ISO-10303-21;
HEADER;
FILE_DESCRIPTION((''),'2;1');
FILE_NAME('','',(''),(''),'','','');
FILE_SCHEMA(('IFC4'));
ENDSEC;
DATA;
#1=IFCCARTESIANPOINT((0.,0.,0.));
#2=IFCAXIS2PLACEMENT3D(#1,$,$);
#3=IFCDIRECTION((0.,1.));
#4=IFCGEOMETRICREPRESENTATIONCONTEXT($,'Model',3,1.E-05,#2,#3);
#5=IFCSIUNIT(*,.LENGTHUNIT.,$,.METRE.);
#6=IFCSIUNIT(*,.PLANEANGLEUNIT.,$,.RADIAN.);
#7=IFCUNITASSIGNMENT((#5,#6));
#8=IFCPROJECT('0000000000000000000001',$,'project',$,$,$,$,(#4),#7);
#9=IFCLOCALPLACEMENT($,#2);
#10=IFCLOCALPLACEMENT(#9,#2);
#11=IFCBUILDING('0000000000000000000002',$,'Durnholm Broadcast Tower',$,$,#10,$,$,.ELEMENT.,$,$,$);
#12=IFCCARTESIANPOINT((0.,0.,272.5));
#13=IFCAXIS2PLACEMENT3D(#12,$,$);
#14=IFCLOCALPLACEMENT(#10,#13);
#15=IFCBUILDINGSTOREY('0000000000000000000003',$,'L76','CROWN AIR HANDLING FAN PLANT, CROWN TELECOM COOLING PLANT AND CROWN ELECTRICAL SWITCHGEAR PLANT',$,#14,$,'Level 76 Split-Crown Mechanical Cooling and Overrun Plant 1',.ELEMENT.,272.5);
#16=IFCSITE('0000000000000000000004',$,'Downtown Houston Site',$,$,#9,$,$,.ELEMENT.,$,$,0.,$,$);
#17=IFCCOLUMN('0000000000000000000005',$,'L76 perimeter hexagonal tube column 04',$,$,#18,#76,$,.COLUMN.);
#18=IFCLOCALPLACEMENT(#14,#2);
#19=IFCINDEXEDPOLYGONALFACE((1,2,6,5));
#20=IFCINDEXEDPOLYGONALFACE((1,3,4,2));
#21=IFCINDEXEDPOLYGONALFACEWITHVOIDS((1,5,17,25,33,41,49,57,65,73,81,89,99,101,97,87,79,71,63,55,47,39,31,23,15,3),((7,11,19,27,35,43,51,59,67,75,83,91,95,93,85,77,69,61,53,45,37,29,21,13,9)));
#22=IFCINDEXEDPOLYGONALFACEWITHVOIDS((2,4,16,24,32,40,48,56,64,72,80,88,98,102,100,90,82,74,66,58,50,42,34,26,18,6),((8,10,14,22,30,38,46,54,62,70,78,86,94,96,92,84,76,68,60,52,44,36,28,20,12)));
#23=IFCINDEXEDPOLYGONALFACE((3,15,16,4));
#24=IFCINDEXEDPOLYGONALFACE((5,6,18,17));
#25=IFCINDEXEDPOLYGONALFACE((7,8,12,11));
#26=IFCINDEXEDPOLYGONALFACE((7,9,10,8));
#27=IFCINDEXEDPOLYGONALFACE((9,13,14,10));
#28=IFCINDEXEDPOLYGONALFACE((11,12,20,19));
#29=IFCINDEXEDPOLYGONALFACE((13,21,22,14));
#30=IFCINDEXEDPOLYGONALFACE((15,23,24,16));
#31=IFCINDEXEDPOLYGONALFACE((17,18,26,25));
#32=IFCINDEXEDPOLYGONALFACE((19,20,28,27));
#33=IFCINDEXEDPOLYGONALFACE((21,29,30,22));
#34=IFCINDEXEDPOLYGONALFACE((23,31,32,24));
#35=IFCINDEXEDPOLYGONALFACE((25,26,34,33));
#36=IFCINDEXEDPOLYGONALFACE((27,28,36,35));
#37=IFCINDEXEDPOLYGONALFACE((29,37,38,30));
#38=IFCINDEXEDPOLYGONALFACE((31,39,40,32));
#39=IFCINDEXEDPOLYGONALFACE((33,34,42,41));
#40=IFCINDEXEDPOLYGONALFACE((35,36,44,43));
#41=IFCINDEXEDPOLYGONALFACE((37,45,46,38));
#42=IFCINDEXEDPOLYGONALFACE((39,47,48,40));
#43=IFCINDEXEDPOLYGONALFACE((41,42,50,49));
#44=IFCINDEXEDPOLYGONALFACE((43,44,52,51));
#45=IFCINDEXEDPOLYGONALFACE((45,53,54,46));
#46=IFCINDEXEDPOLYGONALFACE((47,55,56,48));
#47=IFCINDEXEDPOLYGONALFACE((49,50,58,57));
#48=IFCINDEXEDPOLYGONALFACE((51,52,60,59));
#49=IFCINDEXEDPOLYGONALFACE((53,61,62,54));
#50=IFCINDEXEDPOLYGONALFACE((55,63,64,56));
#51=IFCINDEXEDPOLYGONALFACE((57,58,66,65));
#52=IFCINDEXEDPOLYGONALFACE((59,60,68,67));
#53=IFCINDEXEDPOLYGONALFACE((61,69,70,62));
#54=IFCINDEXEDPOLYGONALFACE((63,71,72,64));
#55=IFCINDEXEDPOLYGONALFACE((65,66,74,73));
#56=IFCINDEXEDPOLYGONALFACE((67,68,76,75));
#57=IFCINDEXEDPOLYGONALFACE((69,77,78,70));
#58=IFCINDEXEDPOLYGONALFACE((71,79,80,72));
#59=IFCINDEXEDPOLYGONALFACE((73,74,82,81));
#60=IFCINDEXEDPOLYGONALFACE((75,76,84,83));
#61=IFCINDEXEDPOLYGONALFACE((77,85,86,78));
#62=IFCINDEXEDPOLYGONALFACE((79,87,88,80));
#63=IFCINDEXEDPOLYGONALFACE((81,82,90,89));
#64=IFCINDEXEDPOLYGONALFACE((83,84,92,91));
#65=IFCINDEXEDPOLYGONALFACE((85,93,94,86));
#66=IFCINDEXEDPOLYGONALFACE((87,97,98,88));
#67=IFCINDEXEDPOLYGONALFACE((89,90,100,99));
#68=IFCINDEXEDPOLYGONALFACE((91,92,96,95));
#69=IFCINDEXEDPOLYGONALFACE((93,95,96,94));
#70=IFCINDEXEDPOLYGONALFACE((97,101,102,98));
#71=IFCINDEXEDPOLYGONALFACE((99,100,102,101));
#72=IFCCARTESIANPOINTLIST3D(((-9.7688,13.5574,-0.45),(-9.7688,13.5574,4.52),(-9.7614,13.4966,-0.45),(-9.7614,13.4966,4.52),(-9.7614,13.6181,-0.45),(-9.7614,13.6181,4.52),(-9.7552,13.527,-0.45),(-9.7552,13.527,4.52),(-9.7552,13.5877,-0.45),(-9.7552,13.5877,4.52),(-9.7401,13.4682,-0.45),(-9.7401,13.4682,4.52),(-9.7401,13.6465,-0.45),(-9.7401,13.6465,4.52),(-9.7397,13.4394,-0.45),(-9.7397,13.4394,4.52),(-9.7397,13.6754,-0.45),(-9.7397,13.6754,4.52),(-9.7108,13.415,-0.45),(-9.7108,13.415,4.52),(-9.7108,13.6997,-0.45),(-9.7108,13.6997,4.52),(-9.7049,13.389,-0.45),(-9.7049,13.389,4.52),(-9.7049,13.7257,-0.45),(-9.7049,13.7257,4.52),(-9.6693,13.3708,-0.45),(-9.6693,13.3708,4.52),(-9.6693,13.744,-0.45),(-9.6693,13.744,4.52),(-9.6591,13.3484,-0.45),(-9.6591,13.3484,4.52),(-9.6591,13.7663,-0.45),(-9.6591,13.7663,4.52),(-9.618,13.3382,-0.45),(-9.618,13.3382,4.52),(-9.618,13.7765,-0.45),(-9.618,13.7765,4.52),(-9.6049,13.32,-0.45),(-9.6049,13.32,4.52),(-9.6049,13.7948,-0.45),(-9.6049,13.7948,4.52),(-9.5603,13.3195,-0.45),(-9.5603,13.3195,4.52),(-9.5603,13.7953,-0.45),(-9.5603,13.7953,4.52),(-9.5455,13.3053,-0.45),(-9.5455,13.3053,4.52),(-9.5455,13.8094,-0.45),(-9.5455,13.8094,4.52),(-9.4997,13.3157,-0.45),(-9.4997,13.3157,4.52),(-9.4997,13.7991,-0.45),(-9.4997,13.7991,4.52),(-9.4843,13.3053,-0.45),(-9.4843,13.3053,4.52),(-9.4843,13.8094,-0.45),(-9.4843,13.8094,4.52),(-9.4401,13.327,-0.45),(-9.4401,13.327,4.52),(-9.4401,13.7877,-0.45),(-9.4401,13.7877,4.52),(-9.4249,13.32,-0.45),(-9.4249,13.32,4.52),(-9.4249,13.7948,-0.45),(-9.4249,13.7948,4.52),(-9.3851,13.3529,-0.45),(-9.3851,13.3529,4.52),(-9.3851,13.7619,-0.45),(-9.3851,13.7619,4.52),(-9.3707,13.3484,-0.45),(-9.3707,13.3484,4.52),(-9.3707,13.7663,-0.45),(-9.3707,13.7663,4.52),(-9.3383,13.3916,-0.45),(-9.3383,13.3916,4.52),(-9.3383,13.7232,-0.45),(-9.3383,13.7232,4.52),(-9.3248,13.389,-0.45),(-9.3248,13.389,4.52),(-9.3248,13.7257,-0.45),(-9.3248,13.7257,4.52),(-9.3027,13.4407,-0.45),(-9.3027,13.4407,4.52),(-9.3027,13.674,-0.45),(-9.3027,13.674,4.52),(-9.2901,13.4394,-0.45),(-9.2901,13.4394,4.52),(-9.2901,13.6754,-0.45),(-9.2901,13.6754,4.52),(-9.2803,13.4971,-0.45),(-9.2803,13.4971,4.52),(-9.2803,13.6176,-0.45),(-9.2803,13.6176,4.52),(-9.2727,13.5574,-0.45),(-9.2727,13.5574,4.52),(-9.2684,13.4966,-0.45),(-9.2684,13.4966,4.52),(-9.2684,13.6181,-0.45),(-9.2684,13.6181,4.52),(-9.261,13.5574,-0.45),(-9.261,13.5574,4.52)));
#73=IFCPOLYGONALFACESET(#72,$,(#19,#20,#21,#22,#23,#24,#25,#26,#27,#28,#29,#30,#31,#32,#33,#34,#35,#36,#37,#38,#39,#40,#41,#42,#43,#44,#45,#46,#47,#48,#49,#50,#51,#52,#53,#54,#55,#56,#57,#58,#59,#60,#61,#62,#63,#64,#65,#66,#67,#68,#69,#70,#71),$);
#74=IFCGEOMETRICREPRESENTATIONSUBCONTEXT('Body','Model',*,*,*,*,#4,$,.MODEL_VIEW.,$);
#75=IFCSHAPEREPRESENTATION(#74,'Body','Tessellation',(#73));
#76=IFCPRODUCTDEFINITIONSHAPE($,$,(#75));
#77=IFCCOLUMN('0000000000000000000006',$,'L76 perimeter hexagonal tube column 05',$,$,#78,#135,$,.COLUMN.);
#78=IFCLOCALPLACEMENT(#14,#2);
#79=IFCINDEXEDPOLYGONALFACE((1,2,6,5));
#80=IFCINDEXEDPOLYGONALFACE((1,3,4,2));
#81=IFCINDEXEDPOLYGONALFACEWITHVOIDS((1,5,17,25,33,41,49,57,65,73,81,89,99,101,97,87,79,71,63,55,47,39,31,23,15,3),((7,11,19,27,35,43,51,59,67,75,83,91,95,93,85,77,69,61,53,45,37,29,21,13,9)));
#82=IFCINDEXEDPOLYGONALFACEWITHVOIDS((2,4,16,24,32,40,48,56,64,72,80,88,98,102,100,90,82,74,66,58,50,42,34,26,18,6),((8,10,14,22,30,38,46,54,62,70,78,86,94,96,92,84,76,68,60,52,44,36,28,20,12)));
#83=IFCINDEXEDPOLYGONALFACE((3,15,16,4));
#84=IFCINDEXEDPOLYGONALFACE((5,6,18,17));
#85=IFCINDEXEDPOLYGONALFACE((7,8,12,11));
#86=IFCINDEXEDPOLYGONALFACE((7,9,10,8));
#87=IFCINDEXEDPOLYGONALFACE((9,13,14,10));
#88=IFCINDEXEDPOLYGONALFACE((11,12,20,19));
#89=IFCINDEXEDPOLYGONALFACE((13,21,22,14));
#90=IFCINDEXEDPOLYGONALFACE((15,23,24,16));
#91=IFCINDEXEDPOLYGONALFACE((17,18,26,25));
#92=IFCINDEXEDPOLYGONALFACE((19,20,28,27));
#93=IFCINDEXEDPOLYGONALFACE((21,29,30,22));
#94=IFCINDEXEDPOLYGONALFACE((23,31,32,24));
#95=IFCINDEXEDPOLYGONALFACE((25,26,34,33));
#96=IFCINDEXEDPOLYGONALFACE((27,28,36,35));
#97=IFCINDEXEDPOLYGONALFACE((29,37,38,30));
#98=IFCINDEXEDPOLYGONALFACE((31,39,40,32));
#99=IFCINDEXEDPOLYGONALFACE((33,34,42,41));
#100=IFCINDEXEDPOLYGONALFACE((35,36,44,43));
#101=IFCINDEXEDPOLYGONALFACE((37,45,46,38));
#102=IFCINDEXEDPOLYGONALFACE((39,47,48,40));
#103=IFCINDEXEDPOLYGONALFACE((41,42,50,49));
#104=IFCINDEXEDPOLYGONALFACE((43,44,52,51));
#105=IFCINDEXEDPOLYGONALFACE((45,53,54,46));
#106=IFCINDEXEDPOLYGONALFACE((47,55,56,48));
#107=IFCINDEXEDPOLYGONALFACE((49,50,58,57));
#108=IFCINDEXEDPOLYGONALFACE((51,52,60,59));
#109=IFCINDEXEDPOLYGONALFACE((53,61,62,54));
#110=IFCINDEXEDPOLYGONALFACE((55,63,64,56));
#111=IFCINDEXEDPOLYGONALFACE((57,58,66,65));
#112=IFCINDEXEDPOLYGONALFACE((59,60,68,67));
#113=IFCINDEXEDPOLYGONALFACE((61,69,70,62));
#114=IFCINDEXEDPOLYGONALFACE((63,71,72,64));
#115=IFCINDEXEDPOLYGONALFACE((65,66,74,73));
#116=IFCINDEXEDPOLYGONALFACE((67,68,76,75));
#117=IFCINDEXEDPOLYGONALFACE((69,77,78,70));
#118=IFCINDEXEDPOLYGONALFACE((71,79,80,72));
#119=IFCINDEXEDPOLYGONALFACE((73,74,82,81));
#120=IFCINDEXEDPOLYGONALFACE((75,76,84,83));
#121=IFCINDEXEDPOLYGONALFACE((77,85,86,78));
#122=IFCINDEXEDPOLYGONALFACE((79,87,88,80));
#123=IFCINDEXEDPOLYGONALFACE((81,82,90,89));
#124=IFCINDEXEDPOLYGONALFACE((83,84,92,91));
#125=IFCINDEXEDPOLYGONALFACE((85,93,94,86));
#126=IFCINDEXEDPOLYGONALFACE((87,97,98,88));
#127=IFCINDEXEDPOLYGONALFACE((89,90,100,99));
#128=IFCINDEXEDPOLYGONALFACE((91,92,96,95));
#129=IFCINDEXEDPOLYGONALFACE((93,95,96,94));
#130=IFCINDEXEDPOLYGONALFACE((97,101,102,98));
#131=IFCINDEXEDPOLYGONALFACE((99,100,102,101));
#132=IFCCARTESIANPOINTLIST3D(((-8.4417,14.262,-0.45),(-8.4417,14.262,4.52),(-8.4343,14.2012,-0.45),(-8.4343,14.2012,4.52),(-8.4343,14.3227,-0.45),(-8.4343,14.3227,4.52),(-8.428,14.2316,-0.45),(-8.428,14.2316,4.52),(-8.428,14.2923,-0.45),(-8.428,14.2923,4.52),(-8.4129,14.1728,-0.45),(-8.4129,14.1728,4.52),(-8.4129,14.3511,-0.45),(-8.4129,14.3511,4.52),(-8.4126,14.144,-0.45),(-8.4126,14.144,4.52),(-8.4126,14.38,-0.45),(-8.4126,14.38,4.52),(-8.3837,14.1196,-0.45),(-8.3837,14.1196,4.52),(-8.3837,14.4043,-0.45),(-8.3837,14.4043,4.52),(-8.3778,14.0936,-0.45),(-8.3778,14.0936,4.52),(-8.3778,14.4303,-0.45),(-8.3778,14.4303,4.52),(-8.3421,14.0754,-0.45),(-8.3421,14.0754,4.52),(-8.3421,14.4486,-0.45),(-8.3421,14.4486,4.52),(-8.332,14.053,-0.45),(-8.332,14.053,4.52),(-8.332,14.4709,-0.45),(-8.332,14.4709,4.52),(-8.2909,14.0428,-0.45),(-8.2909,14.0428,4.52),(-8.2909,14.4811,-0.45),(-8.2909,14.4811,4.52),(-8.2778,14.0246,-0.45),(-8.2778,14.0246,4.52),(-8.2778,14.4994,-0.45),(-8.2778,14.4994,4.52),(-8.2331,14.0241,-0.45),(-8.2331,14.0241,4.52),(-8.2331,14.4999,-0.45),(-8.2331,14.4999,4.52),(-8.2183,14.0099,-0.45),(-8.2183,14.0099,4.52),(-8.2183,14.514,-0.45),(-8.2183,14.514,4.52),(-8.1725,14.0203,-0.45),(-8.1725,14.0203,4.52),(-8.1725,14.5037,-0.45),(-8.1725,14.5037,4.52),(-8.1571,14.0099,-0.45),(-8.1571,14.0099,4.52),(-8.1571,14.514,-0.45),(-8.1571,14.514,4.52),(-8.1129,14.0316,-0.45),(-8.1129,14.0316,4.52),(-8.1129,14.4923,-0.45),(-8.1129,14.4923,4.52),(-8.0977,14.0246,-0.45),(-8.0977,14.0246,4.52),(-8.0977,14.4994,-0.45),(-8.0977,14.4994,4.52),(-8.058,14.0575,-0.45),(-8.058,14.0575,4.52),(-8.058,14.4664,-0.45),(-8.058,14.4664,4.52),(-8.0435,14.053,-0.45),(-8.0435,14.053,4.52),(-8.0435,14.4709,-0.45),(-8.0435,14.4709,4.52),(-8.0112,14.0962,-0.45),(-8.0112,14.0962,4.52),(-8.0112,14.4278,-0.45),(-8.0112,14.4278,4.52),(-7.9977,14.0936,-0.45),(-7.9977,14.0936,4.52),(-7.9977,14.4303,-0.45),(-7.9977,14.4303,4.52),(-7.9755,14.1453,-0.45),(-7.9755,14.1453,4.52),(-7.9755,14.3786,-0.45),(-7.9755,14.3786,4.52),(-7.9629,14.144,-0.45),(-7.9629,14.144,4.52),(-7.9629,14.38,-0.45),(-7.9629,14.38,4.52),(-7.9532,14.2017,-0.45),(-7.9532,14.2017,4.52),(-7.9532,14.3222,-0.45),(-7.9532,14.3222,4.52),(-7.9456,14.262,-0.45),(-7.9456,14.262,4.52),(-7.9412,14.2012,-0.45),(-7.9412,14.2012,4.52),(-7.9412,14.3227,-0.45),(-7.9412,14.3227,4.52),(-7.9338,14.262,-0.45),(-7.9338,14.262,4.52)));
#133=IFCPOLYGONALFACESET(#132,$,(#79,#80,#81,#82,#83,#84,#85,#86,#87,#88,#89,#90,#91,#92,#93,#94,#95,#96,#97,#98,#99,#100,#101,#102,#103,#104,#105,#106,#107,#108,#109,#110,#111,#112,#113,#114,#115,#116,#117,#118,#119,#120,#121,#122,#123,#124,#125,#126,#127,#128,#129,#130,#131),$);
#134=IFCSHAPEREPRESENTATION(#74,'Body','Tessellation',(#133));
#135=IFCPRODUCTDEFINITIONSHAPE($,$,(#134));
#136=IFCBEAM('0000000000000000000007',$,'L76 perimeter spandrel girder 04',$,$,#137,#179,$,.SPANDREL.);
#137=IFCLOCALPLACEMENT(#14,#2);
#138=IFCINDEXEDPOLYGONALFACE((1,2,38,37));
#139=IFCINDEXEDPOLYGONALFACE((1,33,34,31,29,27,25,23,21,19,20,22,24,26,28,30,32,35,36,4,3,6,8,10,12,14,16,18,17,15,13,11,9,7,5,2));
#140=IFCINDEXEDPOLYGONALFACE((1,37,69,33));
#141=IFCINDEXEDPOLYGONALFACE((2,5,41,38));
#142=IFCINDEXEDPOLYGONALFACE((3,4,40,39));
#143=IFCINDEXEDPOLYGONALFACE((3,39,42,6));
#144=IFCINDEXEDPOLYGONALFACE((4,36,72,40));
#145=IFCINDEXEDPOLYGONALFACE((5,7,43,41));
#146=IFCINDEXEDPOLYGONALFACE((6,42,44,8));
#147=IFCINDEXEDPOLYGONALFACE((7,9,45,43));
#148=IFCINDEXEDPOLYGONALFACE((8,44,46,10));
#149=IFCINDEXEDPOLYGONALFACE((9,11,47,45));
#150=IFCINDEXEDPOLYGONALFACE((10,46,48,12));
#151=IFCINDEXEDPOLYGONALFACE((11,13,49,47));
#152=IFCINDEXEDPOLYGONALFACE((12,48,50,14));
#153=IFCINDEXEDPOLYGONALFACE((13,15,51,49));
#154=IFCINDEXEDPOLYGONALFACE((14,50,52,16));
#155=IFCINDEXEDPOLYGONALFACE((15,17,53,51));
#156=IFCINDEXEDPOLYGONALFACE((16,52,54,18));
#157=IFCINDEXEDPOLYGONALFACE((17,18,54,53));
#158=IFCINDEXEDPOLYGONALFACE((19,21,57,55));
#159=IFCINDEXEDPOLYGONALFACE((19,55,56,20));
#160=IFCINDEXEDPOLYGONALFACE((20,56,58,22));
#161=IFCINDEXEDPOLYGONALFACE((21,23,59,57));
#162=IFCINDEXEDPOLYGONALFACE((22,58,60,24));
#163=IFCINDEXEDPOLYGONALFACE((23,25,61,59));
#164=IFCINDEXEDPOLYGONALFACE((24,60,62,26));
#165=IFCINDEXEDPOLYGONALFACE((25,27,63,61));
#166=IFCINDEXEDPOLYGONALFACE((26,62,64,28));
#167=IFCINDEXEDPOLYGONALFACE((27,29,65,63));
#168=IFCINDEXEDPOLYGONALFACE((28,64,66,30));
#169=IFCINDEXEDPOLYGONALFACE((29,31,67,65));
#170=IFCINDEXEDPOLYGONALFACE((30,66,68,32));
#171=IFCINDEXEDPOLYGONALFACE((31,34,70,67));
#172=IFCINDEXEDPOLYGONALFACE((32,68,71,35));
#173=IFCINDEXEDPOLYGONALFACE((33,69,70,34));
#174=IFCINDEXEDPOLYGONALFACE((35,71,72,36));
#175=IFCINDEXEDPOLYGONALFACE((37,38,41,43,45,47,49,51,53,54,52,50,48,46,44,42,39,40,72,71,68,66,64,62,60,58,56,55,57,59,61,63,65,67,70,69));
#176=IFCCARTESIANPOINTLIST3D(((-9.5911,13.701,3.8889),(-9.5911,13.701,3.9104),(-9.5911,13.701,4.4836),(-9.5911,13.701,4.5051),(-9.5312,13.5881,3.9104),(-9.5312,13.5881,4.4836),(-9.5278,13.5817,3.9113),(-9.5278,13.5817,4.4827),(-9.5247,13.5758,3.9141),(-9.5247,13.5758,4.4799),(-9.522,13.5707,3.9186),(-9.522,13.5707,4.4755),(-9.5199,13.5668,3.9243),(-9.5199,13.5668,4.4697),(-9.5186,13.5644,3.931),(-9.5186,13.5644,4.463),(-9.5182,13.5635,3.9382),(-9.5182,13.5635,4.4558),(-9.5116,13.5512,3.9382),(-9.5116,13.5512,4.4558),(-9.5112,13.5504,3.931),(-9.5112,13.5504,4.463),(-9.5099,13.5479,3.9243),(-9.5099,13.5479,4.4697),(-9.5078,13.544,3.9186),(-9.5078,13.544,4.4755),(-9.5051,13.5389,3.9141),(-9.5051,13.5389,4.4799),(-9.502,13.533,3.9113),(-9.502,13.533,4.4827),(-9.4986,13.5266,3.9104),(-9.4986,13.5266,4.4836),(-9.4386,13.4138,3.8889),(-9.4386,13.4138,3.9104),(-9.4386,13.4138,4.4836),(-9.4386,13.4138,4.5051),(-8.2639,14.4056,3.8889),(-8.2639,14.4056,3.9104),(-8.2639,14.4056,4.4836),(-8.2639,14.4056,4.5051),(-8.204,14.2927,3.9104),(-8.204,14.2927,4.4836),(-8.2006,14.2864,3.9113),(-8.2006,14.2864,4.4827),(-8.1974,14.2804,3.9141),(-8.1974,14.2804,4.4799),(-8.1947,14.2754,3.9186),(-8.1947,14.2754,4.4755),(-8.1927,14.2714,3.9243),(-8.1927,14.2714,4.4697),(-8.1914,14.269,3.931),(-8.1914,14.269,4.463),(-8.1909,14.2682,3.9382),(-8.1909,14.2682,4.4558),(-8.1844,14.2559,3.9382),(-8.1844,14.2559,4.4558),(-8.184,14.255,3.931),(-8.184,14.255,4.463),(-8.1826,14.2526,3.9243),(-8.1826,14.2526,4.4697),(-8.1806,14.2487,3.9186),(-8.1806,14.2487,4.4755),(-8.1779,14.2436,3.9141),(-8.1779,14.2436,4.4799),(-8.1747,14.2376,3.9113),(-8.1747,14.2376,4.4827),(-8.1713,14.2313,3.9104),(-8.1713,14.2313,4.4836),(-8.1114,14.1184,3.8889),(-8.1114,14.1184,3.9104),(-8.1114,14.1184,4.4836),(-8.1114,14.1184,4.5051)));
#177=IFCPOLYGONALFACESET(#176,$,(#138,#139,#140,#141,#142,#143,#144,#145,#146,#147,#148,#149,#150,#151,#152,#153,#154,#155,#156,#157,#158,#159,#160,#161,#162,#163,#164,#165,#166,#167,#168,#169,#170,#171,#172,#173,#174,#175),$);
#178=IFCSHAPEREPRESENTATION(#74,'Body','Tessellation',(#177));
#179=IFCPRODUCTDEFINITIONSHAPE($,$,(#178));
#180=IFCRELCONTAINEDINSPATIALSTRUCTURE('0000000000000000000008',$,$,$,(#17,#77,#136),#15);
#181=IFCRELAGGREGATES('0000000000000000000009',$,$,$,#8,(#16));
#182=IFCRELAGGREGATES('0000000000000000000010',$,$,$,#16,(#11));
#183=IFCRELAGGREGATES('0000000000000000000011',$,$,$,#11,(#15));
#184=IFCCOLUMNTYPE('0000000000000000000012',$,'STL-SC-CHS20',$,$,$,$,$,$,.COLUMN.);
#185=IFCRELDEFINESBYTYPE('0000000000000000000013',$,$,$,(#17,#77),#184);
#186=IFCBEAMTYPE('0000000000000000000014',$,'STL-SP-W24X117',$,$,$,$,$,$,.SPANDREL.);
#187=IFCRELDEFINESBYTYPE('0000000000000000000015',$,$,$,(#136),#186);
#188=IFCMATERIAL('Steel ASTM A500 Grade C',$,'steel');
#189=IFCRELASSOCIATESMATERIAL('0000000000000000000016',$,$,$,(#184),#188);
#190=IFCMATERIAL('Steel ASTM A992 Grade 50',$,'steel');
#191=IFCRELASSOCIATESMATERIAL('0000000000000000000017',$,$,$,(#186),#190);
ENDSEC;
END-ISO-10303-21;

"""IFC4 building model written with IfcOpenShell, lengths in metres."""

from ifc_helpers import new_model, si_unit, direction, frame, origin, origin_2d, place, context, subcontext, project, spatial, hollow_circle, i_section, extrude, source, transform, mapped, material, material_profile, profile_set, type_object, type_shapes, element, save


model = new_model("IFC4")

# Units and contexts
model_context = context("Model", 3, precision=1e-05, world=origin(), true_north=direction((0.0, 1.0)))
body_context = subcontext(model_context, "Body", "Model", "MODEL_VIEW")
ifc_project = project(units=[si_unit("LENGTHUNIT", "METRE"), si_unit("PLANEANGLEUNIT", "RADIAN")], contexts=[model_context])

# Site, building, storey
site_placement = place(None, origin())
site = spatial("IfcSite", under=ifc_project, at=site_placement, Name="Downtown Houston Site", CompositionType="ELEMENT", RefElevation=0.0)
building_placement = place(site_placement, origin())
building = spatial("IfcBuilding", under=site, at=building_placement, Name="Durnholm Broadcast Tower", CompositionType="ELEMENT")
storey_placement = place(building_placement, frame((0.0, 0.0, 272.5)))
storey = spatial("IfcBuildingStorey", under=building, at=storey_placement, Name="L76", Description="CROWN AIR HANDLING FAN PLANT, CROWN TELECOM COOLING PLANT AND CROWN ELECTRICAL SWITCHGEAR PLANT", LongName="Level 76 Split-Crown Mechanical Cooling and Overrun Plant 1", CompositionType="ELEMENT", Elevation=272.5)

# Columns
ifc_material_1 = material(Name="Steel ASTM A500 Grade C", Category="steel")
ifc_material_profile_1 = material_profile(ifc_material_1, hollow_circle(Radius=0.2539, WallThickness=0.0117, at=origin_2d()), Name="HSS20.000X0.500")
ifc_profile_set_1 = profile_set([ifc_material_profile_1], Name="Steel ASTM A500 Grade C")
column_type = type_object("IfcColumnType", Name="STL-SC-CHS20", PredefinedType="COLUMN", material=ifc_profile_set_1)
shared_shape_1 = source(origin(), body_context, "Body", "SweptSolid", [
    extrude(hollow_circle(Radius=0.2539, WallThickness=0.0117, at=origin_2d()), origin(), (0.0, 0.0, 1.0), 4.97),
])
type_shapes(column_type, [shared_shape_1])
for number, where, z_axis, x_axis, name in (
    (1, (-9.5149, 13.5574, -0.45), (0.0, 0.0, 1.0), (1.0, 0.0, 0.0), "L76 perimeter hexagonal tube column 04"),
    (2, (-8.1877, 14.262, -0.45), (0.0, 0.0, 1.0), (1.0, 0.0, 0.0), "L76 perimeter hexagonal tube column 05"),
):
    element("IfcColumn", number, at=place(storey_placement, frame(where, z_axis=z_axis, x_axis=x_axis)), inside=storey, type_object=column_type, Name=name, PredefinedType="COLUMN", context=body_context, shape_type="MappedRepresentation", body=[
        mapped(shared_shape_1, transform((0.0, 0.0, 0.0), x_axis=(1.0, 0.0, 0.0), y_axis=(0.0, 1.0, 0.0), z_axis=(0.0, 0.0, 1.0), scale=1.0)),
    ])

# Beam
ifc_material_2 = material(Name="Steel ASTM A992 Grade 50", Category="steel")
ifc_material_profile_2 = material_profile(ifc_material_2, i_section(OverallWidth=0.3252, OverallDepth=0.6162, WebThickness=0.0139, FlangeThickness=0.0215, FilletRadius=0.0278, at=origin_2d()), Name="W24X117")
ifc_profile_set_2 = profile_set([ifc_material_profile_2], Name="Steel ASTM A992 Grade 50")
beam_type_1 = type_object("IfcBeamType", Name="STL-SP-W24X117", PredefinedType="SPANDREL", material=ifc_profile_set_2)
shared_shape_2 = source(origin(), body_context, "Body", "SweptSolid", [
    extrude(i_section(OverallWidth=0.3252, OverallDepth=0.6162, WebThickness=0.0139, FlangeThickness=0.0215, FilletRadius=0.0278, at=origin_2d()), origin(), (0.0, 0.0, 1.0), 1.5027),
])
type_shapes(beam_type_1, [shared_shape_2])
beam_1_placement = place(storey_placement, frame((-9.5149, 13.5574, 4.197), z_axis=(0.883242, 0.468918, 0.0), x_axis=(-0.468918, 0.883242, 0.0)))
element("IfcBeam", 3, at=beam_1_placement, inside=storey, type_object=beam_type_1, Name="L76 perimeter spandrel girder 04", PredefinedType="SPANDREL", context=body_context, shape_type="MappedRepresentation", body=[
    mapped(shared_shape_2, transform((0.0, 0.0, 0.0), x_axis=(1.0, 0.0, 0.0), y_axis=(0.0, 1.0, 0.0), z_axis=(0.0, 0.0, 1.0), scale=1.0)),
])

save(model, "model.ifc")
